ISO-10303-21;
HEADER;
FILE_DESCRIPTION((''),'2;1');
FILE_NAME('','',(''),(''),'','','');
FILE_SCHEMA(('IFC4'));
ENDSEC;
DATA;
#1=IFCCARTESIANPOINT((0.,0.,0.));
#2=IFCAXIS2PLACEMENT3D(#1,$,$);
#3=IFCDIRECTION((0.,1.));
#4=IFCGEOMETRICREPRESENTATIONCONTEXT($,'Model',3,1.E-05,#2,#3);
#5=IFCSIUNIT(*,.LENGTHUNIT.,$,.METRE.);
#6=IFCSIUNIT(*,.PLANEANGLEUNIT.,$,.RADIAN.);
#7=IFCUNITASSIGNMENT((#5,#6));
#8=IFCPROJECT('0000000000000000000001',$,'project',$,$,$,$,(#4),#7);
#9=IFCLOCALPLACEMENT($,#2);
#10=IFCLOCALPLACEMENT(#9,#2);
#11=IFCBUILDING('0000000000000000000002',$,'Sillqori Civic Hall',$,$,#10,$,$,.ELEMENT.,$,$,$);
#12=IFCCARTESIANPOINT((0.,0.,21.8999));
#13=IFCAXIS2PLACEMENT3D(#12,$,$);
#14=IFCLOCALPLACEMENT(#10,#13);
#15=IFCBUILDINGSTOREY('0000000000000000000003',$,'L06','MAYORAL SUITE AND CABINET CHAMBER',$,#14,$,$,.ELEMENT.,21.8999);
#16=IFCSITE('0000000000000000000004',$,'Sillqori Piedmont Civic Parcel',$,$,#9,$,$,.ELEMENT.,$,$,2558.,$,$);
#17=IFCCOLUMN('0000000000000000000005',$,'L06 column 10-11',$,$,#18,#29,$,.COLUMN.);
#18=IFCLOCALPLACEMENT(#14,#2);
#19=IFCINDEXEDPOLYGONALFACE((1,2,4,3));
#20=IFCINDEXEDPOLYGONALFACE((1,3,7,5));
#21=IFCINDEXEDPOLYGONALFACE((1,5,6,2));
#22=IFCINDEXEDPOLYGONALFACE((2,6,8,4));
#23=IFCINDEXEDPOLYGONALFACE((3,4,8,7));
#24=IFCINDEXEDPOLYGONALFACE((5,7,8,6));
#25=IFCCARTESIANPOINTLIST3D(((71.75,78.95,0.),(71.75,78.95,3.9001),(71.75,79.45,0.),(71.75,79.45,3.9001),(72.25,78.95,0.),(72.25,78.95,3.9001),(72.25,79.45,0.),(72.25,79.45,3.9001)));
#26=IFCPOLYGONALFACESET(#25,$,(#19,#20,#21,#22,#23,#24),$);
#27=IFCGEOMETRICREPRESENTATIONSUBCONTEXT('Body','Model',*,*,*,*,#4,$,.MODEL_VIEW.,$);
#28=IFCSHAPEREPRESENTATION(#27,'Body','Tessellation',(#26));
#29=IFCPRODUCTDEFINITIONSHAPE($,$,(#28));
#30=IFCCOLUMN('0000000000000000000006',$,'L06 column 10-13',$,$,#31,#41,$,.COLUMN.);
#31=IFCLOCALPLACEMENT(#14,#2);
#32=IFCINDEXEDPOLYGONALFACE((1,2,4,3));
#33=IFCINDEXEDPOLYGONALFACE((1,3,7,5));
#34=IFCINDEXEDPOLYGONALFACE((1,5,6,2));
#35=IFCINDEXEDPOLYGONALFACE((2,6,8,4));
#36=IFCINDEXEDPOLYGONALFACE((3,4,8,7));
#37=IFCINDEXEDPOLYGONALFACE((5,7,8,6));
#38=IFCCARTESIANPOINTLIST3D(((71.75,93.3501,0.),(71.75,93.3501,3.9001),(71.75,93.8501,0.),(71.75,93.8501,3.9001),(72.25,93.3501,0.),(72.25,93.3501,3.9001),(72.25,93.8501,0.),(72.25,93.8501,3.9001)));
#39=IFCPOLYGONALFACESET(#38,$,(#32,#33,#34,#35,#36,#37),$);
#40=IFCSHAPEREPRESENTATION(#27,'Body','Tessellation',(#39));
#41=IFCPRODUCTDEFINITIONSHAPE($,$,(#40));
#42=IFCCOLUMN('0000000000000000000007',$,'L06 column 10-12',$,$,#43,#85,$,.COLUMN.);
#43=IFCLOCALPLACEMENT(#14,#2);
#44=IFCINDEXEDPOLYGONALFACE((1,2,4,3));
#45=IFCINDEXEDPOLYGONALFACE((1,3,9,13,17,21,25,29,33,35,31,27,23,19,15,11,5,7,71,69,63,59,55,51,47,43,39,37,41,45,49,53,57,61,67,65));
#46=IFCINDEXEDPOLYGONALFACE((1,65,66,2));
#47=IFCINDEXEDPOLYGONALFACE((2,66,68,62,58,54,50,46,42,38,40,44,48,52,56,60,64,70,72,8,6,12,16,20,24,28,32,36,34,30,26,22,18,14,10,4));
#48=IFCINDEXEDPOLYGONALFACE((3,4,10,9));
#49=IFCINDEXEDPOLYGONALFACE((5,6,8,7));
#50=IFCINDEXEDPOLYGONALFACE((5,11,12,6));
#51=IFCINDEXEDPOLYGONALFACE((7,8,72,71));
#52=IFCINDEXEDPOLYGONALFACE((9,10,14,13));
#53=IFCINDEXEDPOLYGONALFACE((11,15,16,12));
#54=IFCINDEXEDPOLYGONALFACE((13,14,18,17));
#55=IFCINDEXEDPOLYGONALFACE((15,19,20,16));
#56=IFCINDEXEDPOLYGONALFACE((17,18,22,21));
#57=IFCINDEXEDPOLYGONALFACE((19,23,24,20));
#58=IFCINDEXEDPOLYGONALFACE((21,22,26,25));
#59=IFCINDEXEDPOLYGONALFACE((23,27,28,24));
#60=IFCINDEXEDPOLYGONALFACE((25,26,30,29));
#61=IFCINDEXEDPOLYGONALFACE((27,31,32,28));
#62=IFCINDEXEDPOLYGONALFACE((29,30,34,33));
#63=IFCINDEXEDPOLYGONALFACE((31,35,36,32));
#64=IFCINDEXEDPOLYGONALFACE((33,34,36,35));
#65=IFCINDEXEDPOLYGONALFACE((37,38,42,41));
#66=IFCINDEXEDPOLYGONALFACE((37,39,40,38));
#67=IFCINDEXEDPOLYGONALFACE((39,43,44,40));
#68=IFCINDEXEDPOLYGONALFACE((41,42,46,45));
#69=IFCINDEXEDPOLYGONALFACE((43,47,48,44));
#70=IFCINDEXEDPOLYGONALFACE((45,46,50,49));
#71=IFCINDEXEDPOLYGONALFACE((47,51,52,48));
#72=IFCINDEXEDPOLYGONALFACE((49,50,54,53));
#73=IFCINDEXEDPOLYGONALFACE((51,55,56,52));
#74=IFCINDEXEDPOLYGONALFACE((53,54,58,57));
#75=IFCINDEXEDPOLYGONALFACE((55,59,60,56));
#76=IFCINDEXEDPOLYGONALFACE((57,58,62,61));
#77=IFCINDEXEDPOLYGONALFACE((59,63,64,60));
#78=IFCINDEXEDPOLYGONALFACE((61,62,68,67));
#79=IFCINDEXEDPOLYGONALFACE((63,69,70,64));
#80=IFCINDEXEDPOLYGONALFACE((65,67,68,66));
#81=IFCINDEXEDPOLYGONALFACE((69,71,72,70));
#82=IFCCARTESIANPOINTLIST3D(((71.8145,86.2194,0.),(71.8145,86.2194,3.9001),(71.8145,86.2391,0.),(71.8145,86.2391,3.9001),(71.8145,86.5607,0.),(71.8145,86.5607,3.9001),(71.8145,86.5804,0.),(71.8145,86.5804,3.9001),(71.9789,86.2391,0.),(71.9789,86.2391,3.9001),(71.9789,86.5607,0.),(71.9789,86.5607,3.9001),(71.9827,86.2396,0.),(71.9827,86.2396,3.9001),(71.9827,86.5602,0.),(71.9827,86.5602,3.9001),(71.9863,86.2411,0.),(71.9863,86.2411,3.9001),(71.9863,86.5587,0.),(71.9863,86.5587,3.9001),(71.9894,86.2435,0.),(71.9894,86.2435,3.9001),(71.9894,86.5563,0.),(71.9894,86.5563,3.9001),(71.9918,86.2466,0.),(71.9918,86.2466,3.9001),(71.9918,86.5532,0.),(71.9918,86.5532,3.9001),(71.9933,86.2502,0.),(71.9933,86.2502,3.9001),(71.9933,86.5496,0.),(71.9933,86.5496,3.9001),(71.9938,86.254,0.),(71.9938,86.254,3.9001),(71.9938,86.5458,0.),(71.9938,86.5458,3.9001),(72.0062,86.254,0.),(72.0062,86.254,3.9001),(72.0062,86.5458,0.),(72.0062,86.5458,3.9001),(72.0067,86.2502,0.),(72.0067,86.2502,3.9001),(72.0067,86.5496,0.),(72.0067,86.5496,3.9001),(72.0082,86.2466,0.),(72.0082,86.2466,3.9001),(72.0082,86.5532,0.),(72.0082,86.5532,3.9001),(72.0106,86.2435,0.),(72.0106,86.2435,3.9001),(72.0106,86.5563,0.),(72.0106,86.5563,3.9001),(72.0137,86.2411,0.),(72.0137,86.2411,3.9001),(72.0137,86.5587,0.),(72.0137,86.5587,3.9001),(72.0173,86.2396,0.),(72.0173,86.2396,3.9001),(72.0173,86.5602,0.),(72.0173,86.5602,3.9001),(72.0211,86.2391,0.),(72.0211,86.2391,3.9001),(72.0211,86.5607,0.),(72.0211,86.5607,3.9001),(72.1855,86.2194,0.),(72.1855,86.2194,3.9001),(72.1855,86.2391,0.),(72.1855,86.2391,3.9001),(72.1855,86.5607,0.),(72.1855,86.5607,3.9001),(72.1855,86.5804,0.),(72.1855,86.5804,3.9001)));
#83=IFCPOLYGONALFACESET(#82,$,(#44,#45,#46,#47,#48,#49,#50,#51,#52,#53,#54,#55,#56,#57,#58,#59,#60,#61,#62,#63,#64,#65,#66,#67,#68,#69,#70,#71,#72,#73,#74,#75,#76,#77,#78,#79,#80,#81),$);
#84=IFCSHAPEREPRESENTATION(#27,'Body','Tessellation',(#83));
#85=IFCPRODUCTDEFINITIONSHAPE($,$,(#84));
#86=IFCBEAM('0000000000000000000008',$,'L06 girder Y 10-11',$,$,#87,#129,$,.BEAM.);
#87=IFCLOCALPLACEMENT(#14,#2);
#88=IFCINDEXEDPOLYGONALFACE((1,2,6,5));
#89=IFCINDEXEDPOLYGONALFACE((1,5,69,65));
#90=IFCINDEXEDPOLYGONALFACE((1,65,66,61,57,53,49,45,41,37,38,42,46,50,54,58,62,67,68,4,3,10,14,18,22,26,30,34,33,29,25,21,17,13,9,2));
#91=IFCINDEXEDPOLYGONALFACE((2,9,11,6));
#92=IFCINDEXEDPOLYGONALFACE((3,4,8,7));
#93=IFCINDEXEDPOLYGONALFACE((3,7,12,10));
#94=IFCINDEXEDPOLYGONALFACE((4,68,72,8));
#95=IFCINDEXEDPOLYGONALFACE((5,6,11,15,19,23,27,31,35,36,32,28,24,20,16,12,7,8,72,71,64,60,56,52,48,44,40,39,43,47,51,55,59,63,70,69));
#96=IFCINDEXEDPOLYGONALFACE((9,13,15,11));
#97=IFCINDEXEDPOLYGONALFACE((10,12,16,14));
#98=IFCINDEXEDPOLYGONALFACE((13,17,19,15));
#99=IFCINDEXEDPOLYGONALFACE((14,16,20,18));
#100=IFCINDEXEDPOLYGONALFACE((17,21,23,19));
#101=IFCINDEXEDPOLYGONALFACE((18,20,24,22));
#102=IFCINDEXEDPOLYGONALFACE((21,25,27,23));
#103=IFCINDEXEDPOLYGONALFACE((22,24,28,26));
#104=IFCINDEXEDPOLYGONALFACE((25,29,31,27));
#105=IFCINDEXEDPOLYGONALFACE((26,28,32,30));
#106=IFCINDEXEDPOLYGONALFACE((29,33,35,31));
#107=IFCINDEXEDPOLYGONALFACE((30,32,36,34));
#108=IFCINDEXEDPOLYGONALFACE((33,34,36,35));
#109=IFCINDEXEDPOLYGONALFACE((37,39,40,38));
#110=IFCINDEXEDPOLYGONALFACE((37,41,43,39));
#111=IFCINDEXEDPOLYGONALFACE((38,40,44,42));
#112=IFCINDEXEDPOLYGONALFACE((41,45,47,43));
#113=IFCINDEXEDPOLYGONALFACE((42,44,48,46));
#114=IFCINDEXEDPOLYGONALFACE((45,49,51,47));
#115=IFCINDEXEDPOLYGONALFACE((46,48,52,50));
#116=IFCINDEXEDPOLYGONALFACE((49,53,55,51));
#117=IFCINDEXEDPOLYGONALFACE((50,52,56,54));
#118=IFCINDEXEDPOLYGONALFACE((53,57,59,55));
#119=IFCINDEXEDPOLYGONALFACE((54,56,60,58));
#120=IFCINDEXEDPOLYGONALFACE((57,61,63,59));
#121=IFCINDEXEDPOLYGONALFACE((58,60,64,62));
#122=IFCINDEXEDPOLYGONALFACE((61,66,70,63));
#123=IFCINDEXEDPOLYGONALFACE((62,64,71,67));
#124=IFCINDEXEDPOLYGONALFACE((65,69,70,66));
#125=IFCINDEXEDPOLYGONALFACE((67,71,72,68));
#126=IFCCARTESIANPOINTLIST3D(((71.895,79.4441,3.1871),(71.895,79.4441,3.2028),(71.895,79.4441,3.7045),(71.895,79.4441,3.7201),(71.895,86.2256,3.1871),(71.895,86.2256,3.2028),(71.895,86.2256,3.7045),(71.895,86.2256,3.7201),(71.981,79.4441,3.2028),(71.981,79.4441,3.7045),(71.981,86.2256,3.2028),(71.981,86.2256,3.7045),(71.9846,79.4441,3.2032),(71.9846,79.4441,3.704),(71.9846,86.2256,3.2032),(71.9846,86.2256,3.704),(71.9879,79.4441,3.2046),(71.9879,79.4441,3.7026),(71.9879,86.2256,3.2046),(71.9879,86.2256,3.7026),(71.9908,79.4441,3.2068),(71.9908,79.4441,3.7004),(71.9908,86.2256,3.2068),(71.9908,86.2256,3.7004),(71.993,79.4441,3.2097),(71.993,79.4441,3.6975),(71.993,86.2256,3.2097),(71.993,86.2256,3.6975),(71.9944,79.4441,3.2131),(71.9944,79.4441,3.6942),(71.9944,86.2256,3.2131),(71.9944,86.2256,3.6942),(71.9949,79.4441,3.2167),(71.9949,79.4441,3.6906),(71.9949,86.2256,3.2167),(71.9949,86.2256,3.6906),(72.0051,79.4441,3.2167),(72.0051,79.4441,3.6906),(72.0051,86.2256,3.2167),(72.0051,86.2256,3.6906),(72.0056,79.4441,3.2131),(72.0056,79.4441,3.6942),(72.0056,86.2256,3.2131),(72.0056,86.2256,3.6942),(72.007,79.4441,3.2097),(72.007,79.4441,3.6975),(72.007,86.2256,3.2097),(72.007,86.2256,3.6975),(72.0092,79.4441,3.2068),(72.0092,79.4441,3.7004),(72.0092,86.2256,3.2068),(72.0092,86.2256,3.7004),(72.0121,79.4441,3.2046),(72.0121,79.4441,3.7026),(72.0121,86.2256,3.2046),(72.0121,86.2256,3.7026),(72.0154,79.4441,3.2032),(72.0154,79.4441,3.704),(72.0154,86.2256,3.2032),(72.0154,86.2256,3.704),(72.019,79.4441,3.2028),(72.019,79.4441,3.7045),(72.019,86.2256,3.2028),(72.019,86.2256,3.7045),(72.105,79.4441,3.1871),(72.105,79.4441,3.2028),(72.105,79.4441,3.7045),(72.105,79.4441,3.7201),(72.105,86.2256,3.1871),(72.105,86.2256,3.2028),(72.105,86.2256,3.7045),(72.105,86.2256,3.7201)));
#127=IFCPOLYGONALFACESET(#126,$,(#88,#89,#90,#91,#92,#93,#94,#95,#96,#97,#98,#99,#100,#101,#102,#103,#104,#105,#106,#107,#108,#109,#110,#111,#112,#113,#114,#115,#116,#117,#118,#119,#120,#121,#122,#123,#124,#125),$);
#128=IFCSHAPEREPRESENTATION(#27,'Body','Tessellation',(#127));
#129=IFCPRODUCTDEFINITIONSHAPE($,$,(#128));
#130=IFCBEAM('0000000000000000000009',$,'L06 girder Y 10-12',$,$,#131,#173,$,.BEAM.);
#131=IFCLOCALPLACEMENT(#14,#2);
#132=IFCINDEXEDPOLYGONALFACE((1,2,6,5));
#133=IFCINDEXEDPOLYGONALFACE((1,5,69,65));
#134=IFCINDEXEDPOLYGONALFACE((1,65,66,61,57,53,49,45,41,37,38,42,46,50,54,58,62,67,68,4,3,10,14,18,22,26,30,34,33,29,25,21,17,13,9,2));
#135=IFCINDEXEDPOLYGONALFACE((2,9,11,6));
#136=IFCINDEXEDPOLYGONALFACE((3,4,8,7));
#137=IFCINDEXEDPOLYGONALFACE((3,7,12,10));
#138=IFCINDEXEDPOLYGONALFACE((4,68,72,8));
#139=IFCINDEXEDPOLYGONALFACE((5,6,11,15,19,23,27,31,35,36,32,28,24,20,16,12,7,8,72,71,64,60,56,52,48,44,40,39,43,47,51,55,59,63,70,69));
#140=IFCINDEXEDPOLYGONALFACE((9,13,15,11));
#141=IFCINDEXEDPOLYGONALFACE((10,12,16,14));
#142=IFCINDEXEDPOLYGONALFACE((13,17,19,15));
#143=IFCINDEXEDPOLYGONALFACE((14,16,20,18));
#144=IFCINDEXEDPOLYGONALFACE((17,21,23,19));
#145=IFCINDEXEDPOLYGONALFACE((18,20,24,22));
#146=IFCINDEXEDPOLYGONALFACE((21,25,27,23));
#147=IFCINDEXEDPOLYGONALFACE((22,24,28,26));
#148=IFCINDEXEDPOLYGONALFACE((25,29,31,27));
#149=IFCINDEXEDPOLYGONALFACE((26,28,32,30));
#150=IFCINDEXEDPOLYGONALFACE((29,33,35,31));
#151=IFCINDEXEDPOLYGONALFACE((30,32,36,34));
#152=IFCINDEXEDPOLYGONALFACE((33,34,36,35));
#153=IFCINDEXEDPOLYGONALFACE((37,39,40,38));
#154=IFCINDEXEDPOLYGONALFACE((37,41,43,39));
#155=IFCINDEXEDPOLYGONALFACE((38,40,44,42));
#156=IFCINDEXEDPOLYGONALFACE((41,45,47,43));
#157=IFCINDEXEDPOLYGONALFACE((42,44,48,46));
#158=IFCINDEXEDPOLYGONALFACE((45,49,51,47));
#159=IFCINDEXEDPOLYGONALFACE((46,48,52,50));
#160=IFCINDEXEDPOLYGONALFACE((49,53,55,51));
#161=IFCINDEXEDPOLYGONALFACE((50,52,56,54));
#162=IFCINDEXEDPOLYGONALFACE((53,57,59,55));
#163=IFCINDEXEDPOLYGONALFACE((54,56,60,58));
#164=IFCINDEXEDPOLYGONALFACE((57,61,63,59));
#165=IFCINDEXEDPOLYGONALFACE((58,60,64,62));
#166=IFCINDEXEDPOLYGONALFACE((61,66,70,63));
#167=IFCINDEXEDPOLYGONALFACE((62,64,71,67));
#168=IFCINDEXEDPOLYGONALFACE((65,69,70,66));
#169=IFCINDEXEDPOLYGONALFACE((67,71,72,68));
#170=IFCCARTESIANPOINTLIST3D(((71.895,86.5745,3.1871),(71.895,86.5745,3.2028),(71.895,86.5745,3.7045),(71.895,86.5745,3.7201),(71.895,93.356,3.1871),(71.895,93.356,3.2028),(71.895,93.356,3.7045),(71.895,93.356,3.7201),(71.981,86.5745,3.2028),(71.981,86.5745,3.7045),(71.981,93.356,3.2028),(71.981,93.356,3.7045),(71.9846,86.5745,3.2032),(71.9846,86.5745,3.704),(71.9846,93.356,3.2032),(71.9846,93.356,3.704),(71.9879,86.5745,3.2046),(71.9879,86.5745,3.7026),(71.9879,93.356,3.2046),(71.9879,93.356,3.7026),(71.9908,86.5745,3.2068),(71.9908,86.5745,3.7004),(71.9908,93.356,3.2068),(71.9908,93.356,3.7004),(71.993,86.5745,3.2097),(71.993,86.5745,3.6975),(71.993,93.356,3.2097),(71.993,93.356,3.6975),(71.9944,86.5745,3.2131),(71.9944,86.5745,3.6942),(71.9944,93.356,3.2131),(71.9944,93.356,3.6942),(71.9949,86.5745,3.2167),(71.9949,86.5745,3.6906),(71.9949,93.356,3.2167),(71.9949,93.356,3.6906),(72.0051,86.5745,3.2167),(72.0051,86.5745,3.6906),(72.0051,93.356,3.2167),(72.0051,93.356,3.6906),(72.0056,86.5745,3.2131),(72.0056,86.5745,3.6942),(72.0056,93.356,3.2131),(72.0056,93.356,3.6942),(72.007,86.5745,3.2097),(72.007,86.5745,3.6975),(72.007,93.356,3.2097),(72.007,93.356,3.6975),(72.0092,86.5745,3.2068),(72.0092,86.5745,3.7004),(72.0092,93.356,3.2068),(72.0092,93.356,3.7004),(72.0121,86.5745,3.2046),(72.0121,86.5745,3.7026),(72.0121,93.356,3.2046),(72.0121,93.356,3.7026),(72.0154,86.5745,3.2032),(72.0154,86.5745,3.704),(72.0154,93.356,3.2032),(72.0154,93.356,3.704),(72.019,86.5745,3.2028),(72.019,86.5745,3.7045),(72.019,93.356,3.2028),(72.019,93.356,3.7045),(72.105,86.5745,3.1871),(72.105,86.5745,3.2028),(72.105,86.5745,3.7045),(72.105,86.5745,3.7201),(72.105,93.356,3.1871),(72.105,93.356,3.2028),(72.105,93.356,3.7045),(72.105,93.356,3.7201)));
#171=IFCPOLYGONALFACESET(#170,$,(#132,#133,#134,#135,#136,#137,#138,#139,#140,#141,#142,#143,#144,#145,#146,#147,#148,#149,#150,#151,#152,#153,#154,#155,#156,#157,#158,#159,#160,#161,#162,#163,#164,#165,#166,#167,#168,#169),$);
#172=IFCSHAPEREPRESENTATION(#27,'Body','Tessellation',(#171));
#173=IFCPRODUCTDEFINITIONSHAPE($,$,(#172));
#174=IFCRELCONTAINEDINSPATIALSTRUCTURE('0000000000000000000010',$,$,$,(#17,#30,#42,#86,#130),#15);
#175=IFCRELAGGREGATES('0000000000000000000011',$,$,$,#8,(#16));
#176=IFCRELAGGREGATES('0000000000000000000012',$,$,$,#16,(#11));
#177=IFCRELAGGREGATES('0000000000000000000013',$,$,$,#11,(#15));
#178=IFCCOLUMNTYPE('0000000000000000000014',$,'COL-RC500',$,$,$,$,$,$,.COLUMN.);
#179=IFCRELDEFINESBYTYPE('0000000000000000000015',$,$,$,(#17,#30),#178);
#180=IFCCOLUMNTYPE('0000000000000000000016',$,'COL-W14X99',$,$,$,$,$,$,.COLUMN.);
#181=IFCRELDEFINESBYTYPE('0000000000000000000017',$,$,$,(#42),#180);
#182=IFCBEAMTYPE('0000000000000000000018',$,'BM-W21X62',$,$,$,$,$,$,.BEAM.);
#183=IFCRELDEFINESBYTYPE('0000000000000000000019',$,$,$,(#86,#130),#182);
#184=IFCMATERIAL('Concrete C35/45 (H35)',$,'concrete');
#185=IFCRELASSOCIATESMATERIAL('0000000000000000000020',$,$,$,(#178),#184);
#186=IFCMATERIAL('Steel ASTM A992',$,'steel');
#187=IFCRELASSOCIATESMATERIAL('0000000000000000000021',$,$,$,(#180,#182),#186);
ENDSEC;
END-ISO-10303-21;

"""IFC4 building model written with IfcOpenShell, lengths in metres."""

from ifc_helpers import new_model, si_unit, direction, frame, origin, origin_2d, place, context, subcontext, project, spatial, rectangle, i_section, extrude, material, material_profile, profile_set, type_object, element, save


model = new_model("IFC4")

# Units and contexts
model_context = context("Model", 3, precision=1e-05, world=origin(), true_north=direction((0.0, 1.0)))
body_context = subcontext(model_context, "Body", "Model", "MODEL_VIEW")
ifc_project = project(units=[si_unit("LENGTHUNIT", "METRE"), si_unit("PLANEANGLEUNIT", "RADIAN")], contexts=[model_context])

# Site, building, storey
site_placement = place(None, origin())
site = spatial("IfcSite", under=ifc_project, at=site_placement, Name="Sillqori Piedmont Civic Parcel", CompositionType="ELEMENT", RefElevation=2558.0)
building_placement = place(site_placement, origin())
building = spatial("IfcBuilding", under=site, at=building_placement, Name="Sillqori Civic Hall", CompositionType="ELEMENT")
storey_placement = place(building_placement, frame((0.0, 0.0, 21.8999)))
storey = spatial("IfcBuildingStorey", under=building, at=storey_placement, Name="L06", Description="MAYORAL SUITE AND CABINET CHAMBER", CompositionType="ELEMENT", Elevation=21.8999)

# Columns
ifc_material_1 = material(Name="Concrete C35/45 (H35)", Category="concrete")
ifc_material_profile_1 = material_profile(ifc_material_1, rectangle(XDim=0.5, YDim=0.5, at=origin_2d()), Name="RC 500x500")
ifc_profile_set_1 = profile_set([ifc_material_profile_1], Name="Concrete C35/45 (H35)")
column_type_1 = type_object("IfcColumnType", Name="COL-RC500", PredefinedType="COLUMN", material=ifc_profile_set_1)
for number, where, z_axis, x_axis, name in (
    (1, (72.0, 79.2, 0.0), (0.0, 0.0, 1.0), (1.0, 0.0, 0.0), "L06 column 10-11"),
    (2, (72.0, 93.6001, 0.0), (0.0, 0.0, 1.0), (1.0, 0.0, 0.0), "L06 column 10-13"),
):
    element("IfcColumn", number, at=place(storey_placement, frame(where, z_axis=z_axis, x_axis=x_axis)), inside=storey, type_object=column_type_1, Name=name, PredefinedType="COLUMN", context=body_context, shape_type="SweptSolid", body=[
        extrude(rectangle(XDim=0.5, YDim=0.5, at=origin_2d()), origin(), (0.0, 0.0, 1.0), 3.9001),
    ])
ifc_material_2 = material(Name="Steel ASTM A992", Category="steel")
ifc_material_profile_2 = material_profile(ifc_material_2, i_section(OverallWidth=0.3711, OverallDepth=0.3611, WebThickness=0.0125, FlangeThickness=0.0198, FilletRadius=0.0149, at=origin_2d()), Name="W14X99")
ifc_profile_set_2 = profile_set([ifc_material_profile_2], Name="Steel ASTM A992")
column_type_2 = type_object("IfcColumnType", Name="COL-W14X99", PredefinedType="COLUMN", material=ifc_profile_set_2)
column_placement = place(storey_placement, frame((72.0, 86.3999, 0.0), z_axis=(0.0, 0.0, 1.0), x_axis=(1.0, 0.0, 0.0)))
element("IfcColumn", 3, at=column_placement, inside=storey, type_object=column_type_2, Name="L06 column 10-12", PredefinedType="COLUMN", context=body_context, shape_type="SweptSolid", body=[
    extrude(i_section(OverallWidth=0.3711, OverallDepth=0.3611, WebThickness=0.0125, FlangeThickness=0.0198, FilletRadius=0.0149, at=origin_2d()), origin(), (0.0, 0.0, 1.0), 3.9001),
])

# Beams
ifc_material_profile_3 = material_profile(ifc_material_2, i_section(OverallWidth=0.21, OverallDepth=0.533, WebThickness=0.0103, FlangeThickness=0.0156, FilletRadius=0.0139, at=origin_2d()), Name="W21X62")
ifc_profile_set_3 = profile_set([ifc_material_profile_3], Name="Steel ASTM A992")
beam_type_1 = type_object("IfcBeamType", Name="BM-W21X62", PredefinedType="BEAM", material=ifc_profile_set_3)
for number, where, z_axis, x_axis, name in (
    (4, (72.0, 79.4441, 3.4536), (0.0, 1.0, 0.0), (-1.0, 0.0, 0.0), "L06 girder Y 10-11"),
    (5, (72.0, 86.5745, 3.4536), (0.0, 1.0, 0.0), (-1.0, 0.0, 0.0), "L06 girder Y 10-12"),
):
    element("IfcBeam", number, at=place(storey_placement, frame(where, z_axis=z_axis, x_axis=x_axis)), inside=storey, type_object=beam_type_1, Name=name, PredefinedType="BEAM", context=body_context, shape_type="SweptSolid", body=[
        extrude(i_section(OverallWidth=0.21, OverallDepth=0.533, WebThickness=0.0103, FlangeThickness=0.0156, FilletRadius=0.0139, at=origin_2d()), origin(), (0.0, 0.0, 1.0), 6.7815),
    ])

save(model, "model.ifc")
